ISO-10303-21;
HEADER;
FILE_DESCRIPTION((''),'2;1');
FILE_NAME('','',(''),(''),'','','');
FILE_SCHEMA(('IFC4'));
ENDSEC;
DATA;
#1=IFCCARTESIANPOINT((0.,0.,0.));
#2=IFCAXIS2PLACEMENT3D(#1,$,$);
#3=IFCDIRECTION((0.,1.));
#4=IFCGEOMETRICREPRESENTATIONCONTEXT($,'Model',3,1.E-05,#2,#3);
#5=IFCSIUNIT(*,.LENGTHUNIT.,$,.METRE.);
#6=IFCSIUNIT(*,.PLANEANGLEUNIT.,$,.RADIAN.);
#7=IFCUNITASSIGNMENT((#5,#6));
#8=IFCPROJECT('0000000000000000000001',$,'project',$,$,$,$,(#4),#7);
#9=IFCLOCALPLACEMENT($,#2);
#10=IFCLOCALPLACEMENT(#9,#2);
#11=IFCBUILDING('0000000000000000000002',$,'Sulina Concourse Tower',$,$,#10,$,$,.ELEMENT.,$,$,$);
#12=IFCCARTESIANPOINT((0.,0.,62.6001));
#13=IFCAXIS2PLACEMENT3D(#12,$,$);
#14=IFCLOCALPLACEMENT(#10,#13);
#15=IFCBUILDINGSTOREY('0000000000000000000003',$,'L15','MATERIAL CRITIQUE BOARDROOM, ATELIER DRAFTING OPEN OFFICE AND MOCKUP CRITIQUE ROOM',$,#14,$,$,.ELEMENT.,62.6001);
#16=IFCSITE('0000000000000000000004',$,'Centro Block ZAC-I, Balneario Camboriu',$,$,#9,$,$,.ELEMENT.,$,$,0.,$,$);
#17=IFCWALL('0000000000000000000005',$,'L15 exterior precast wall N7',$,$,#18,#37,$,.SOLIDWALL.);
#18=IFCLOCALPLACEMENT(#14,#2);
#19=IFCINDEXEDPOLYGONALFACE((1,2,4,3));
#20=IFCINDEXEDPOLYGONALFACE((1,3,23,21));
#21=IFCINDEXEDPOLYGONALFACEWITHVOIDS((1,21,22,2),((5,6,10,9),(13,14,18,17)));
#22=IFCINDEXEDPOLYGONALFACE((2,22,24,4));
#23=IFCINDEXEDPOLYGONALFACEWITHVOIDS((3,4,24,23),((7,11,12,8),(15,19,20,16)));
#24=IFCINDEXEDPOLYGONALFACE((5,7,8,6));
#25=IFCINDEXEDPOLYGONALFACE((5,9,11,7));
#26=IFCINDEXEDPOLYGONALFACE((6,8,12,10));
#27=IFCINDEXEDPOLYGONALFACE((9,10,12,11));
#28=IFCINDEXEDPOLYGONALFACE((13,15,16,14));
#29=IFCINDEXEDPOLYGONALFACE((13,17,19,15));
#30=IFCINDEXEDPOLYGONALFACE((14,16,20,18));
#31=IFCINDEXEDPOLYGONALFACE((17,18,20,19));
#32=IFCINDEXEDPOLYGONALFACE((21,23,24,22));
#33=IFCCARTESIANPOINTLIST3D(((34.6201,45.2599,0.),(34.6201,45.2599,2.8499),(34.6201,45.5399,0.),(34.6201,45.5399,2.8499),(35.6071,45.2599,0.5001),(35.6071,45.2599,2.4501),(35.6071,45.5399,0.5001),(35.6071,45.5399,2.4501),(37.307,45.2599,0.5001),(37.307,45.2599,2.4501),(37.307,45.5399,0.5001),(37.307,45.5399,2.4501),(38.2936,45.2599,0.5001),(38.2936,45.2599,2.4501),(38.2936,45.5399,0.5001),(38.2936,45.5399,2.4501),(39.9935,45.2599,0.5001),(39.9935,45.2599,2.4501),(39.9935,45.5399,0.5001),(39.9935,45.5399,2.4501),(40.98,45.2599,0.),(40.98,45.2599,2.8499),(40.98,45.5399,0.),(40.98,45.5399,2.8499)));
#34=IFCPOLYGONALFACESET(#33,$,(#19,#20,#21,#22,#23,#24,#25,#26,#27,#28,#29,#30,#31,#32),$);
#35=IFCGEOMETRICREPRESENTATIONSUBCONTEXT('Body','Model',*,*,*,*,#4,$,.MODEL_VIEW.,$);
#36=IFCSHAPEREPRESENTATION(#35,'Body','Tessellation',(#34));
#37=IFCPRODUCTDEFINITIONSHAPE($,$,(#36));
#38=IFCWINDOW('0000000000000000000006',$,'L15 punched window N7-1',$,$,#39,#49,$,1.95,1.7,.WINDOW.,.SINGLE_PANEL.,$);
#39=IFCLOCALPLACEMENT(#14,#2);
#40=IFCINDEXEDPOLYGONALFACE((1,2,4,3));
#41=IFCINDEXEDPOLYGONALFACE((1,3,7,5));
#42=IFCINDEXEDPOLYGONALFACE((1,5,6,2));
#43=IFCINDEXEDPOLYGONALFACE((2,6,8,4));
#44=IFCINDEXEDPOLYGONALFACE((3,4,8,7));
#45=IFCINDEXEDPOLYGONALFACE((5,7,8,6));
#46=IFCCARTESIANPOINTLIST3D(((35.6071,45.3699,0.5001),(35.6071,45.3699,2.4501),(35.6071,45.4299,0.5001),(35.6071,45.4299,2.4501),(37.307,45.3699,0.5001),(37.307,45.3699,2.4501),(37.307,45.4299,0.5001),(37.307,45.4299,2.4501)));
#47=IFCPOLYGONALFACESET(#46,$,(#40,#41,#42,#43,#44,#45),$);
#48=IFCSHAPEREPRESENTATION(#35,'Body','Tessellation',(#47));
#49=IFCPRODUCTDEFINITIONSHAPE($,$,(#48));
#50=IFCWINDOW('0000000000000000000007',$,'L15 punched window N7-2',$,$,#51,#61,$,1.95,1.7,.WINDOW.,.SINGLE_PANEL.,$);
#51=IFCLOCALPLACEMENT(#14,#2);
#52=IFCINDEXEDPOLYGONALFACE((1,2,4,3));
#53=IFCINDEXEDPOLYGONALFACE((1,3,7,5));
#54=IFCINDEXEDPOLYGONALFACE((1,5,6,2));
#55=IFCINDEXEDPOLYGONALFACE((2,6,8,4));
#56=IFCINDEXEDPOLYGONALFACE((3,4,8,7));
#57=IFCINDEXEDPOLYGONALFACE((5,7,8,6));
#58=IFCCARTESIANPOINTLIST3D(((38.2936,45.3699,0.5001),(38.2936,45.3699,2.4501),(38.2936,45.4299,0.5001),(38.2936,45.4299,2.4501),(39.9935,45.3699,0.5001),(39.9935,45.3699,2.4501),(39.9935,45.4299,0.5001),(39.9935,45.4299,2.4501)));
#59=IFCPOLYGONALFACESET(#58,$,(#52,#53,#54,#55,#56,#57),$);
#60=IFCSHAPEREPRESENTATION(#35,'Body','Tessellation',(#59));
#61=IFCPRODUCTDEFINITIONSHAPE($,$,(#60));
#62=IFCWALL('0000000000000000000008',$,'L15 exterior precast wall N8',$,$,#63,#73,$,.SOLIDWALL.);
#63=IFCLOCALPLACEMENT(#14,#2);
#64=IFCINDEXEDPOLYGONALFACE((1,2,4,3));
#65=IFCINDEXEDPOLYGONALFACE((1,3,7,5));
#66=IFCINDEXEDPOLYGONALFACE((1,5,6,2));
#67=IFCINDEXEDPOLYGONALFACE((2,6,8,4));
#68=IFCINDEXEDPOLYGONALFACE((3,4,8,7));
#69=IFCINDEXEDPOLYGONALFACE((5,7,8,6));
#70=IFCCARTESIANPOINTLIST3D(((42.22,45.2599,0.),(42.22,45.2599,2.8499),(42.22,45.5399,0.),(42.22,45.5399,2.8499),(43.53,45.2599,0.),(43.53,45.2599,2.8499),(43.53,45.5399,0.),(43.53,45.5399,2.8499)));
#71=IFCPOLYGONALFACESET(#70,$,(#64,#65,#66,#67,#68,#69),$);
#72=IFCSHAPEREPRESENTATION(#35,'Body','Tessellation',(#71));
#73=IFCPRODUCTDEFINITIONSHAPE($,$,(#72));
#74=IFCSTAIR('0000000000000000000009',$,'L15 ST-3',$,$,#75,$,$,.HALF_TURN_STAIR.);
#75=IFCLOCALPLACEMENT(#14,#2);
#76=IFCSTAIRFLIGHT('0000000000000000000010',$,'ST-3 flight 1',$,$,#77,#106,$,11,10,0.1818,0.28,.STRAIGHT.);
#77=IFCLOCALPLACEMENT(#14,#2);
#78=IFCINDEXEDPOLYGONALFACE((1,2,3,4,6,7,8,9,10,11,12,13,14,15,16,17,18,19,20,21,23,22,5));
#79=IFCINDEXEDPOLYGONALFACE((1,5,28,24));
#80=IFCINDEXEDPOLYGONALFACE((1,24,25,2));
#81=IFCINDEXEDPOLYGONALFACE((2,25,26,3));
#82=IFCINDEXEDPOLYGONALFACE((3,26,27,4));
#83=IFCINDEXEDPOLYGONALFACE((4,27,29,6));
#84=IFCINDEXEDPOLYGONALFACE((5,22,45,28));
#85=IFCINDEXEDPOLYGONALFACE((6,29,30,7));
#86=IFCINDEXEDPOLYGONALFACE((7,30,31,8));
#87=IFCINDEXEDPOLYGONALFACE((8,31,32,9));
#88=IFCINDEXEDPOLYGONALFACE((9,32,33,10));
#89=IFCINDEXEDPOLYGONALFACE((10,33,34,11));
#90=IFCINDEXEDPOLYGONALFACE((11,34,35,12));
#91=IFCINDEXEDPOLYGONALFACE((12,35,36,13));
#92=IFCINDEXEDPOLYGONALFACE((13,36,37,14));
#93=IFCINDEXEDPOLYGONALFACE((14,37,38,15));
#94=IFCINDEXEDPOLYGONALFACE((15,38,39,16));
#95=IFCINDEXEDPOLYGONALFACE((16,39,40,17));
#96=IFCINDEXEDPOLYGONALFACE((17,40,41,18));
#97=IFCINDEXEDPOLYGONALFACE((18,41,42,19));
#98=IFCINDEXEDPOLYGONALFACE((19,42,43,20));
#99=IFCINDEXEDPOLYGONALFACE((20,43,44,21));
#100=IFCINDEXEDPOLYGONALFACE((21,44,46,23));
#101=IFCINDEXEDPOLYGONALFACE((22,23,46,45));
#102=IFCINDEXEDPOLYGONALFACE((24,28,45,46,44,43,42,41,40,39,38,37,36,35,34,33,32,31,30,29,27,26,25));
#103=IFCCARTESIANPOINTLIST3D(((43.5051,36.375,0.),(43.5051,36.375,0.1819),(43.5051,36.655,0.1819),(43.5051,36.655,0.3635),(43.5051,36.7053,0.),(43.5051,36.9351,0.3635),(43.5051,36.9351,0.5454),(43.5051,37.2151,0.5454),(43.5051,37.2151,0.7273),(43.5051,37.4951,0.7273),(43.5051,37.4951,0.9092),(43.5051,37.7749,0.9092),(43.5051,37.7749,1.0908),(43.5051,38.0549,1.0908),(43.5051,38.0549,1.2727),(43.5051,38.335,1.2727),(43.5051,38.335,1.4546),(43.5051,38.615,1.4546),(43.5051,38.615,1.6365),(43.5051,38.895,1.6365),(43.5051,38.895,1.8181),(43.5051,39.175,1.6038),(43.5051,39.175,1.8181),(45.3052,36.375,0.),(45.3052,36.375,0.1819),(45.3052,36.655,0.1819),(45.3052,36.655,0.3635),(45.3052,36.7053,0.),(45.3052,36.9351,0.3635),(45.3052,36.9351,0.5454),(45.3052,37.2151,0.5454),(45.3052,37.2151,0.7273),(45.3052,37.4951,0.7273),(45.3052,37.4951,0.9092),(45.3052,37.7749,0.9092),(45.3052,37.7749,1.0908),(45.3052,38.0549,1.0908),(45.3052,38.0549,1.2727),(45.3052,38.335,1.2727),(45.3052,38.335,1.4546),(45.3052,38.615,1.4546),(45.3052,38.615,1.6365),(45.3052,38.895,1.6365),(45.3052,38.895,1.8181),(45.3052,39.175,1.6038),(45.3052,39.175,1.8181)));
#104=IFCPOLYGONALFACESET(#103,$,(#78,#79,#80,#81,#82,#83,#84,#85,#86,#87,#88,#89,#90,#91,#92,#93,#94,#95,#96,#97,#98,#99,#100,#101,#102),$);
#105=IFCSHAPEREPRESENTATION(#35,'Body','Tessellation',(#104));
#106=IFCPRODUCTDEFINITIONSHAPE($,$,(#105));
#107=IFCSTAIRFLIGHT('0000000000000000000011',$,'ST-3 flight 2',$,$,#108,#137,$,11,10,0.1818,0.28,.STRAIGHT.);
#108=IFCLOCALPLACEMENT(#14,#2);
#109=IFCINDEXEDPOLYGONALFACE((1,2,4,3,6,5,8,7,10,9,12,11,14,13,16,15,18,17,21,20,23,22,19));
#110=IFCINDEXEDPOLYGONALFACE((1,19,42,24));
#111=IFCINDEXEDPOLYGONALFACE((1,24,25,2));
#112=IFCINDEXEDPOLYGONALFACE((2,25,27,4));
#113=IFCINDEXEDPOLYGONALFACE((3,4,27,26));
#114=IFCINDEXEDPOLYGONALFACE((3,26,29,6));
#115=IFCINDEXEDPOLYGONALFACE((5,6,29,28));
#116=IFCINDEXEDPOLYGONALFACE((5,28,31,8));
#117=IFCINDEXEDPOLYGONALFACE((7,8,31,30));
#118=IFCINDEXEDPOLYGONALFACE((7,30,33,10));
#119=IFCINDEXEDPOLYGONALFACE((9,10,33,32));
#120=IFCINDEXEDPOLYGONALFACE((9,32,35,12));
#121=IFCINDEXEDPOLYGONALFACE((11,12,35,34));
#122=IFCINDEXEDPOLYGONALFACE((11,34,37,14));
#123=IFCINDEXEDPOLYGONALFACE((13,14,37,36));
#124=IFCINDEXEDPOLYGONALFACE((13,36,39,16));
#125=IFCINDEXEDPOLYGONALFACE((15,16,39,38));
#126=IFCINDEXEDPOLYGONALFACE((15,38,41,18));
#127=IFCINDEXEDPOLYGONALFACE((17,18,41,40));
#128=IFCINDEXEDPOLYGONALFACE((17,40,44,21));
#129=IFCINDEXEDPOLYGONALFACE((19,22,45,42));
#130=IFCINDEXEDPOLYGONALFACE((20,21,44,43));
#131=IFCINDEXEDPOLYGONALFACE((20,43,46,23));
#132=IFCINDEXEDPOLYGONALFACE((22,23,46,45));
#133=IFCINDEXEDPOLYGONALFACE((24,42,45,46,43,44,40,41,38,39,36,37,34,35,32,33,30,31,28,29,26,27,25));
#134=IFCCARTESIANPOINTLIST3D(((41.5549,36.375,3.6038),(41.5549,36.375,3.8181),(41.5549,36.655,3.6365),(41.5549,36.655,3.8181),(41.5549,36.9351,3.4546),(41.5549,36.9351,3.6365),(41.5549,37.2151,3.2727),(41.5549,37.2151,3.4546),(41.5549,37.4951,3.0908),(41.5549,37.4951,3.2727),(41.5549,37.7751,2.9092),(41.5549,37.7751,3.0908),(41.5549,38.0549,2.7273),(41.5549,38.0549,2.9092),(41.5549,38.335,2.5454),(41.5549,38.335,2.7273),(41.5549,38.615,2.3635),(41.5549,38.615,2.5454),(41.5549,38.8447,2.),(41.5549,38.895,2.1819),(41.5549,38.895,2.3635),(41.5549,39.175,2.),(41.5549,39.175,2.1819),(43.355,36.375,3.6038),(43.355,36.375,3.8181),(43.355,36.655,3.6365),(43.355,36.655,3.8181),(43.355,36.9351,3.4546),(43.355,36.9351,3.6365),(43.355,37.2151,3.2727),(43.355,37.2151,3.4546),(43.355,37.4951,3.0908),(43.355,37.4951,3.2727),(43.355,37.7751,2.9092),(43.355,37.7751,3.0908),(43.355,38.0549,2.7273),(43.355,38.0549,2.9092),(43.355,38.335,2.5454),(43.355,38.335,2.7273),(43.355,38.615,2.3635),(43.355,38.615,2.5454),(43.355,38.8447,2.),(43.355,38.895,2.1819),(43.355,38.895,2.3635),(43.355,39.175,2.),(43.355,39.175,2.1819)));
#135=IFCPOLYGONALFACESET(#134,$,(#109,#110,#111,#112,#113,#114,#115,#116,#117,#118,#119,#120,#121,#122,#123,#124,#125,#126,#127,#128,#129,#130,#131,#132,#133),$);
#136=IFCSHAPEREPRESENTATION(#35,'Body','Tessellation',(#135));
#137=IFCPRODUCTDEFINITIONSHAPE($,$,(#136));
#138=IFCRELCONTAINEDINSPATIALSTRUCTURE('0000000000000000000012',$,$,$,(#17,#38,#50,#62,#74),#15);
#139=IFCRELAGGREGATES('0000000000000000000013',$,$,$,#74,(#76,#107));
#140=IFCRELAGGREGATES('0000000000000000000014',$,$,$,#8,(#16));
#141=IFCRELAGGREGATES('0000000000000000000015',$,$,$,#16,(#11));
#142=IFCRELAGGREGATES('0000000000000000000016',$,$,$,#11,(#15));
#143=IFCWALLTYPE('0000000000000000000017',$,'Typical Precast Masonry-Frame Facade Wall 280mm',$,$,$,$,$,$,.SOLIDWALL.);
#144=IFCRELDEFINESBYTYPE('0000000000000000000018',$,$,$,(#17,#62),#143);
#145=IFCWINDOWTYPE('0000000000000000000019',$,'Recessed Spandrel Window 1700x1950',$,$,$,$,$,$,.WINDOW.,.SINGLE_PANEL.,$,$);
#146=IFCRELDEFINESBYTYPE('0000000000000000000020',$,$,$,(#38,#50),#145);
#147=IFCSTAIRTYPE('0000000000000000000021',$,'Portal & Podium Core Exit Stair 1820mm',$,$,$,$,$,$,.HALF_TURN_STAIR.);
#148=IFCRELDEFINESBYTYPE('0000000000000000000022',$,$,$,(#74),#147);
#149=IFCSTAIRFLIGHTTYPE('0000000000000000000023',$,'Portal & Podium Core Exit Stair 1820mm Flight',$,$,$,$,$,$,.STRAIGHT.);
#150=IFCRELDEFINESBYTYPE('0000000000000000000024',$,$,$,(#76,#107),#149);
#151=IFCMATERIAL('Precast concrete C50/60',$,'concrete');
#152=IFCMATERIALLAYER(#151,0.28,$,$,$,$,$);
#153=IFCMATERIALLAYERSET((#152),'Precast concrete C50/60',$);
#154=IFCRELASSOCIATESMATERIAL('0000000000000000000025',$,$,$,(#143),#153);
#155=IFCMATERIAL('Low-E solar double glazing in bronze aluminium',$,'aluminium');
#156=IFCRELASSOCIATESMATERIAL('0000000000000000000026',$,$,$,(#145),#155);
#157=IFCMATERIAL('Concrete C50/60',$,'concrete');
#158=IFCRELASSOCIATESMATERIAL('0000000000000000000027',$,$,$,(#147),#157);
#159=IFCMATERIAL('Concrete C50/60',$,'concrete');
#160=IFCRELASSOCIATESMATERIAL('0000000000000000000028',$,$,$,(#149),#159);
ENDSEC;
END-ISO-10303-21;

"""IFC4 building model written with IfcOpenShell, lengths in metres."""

from ifc_helpers import new_model, si_unit, direction, frame, frame_2d, origin, place, context, subcontext, project, spatial, polyline, rectangle, outline, extrude, material, layer, layer_set, type_object, element, fill, aggregate, save


model = new_model("IFC4")

# Units and contexts
model_context = context("Model", 3, precision=1e-05, world=origin(), true_north=direction((0.0, 1.0)))
body_context = subcontext(model_context, "Body", "Model", "MODEL_VIEW")
ifc_project = project(units=[si_unit("LENGTHUNIT", "METRE"), si_unit("PLANEANGLEUNIT", "RADIAN")], contexts=[model_context])

# Site, building, storey
site_placement = place(None, origin())
site = spatial("IfcSite", under=ifc_project, at=site_placement, Name="Centro Block ZAC-I, Balneario Camboriu", CompositionType="ELEMENT", RefElevation=0.0)
building_placement = place(site_placement, origin())
building = spatial("IfcBuilding", under=site, at=building_placement, Name="Sulina Concourse Tower", CompositionType="ELEMENT")
storey_placement = place(building_placement, frame((0.0, 0.0, 62.6001)))
storey = spatial("IfcBuildingStorey", under=building, at=storey_placement, Name="L15", Description="MATERIAL CRITIQUE BOARDROOM, ATELIER DRAFTING OPEN OFFICE AND MOCKUP CRITIQUE ROOM", CompositionType="ELEMENT", Elevation=62.6001)

# Shared definitions
ifc_material_1 = material(Name="Precast concrete C50/60", Category="concrete")
ifc_layer_1 = layer(ifc_material_1, 0.28)
ifc_layer_set_1 = layer_set([ifc_layer_1], Name="Precast concrete C50/60")
wall_type_1 = type_object("IfcWallType", Name="Typical Precast Masonry-Frame Facade Wall 280mm", PredefinedType="SOLIDWALL", material=ifc_layer_set_1)

# Wall, openings, windows
wall_1_placement = place(storey_placement, frame((34.6201, 45.3999, 0.0), z_axis=(0.0, 0.0, 1.0), x_axis=(1.0, 0.0, 0.0)))
wall_1 = element("IfcWall", 1, at=wall_1_placement, inside=storey, type_object=wall_type_1, Name="L15 exterior precast wall N7", PredefinedType="SOLIDWALL", context=body_context, shape_type="SweptSolid", body=[
    extrude(rectangle(XDim=6.3599, YDim=0.28, at=frame_2d((3.1799, 0.0))), origin(), (0.0, 0.0, 1.0), 2.8499),
])
opening_1_placement = place(wall_1_placement, frame((0.9868, 0.0, 0.5)))
opening_1 = element("IfcOpeningElement", 2, at=opening_1_placement, cuts=wall_1, PredefinedType="OPENING", context=body_context, shape_type="SweptSolid", body=[
    extrude(rectangle(XDim=1.7, YDim=1.95, at=frame_2d((0.8501, 0.9751))), frame((0.0, 0.1499, 0.0), z_axis=(0.0, -1.0, 0.0), x_axis=(1.0, 0.0, 0.0)), (0.0, 0.0, 1.0), 0.3),
])
opening_2_placement = place(wall_1_placement, frame((3.6733, 0.0, 0.5)))
opening_2 = element("IfcOpeningElement", 3, at=opening_2_placement, cuts=wall_1, PredefinedType="OPENING", context=body_context, shape_type="SweptSolid", body=[
    extrude(rectangle(XDim=1.7, YDim=1.95, at=frame_2d((0.8501, 0.9751))), frame((0.0, 0.1499, 0.0), z_axis=(0.0, -1.0, 0.0), x_axis=(1.0, 0.0, 0.0)), (0.0, 0.0, 1.0), 0.3),
])
ifc_material_2 = material(Name="Low-E solar double glazing in bronze aluminium", Category="aluminium")
window_type = type_object("IfcWindowType", Name="Recessed Spandrel Window 1700x1950", PartitioningType="SINGLE_PANEL", PredefinedType="WINDOW", material=ifc_material_2)
window_1_placement = place(opening_1_placement, origin())
window_1 = element("IfcWindow", 4, at=window_1_placement, inside=storey, type_object=window_type, Name="L15 punched window N7-1", OverallHeight=1.95, OverallWidth=1.7, PartitioningType="SINGLE_PANEL", PredefinedType="WINDOW", context=body_context, shape_type="SweptSolid", body=[
    extrude(rectangle(XDim=1.7, YDim=1.95, at=frame_2d((0.8501, 0.9751))), frame((0.0, 0.03, 0.0), z_axis=(0.0, -1.0, 0.0), x_axis=(1.0, 0.0, 0.0)), (0.0, 0.0, 1.0), 0.0601),
])
fill(opening_1, window_1)
window_2_placement = place(opening_2_placement, origin())
window_2 = element("IfcWindow", 5, at=window_2_placement, inside=storey, type_object=window_type, Name="L15 punched window N7-2", OverallHeight=1.95, OverallWidth=1.7, PartitioningType="SINGLE_PANEL", PredefinedType="WINDOW", context=body_context, shape_type="SweptSolid", body=[
    extrude(rectangle(XDim=1.7, YDim=1.95, at=frame_2d((0.8501, 0.9751))), frame((0.0, 0.03, 0.0), z_axis=(0.0, -1.0, 0.0), x_axis=(1.0, 0.0, 0.0)), (0.0, 0.0, 1.0), 0.0601),
])
fill(opening_2, window_2)

# Wall
wall_2_placement = place(storey_placement, frame((42.22, 45.3999, 0.0), z_axis=(0.0, 0.0, 1.0), x_axis=(1.0, 0.0, 0.0)))
element("IfcWall", 6, at=wall_2_placement, inside=storey, type_object=wall_type_1, Name="L15 exterior precast wall N8", PredefinedType="SOLIDWALL", context=body_context, shape_type="SweptSolid", body=[
    extrude(rectangle(XDim=1.3101, YDim=0.28, at=frame_2d((0.655, 0.0))), origin(), (0.0, 0.0, 1.0), 2.8499),
])

# Stair, stair flights
ifc_material_3 = material(Name="Concrete C50/60", Category="concrete")
stair_type = type_object("IfcStairType", Name="Portal & Podium Core Exit Stair 1820mm", PredefinedType="HALF_TURN_STAIR", material=ifc_material_3)
stair_placement = place(storey_placement, origin())
stair = element("IfcStair", 7, at=stair_placement, inside=storey, type_object=stair_type, Name="L15 ST-3", PredefinedType="HALF_TURN_STAIR")
ifc_material_4 = material(Name="Concrete C50/60", Category="concrete")
stair_flight_type = type_object("IfcStairFlightType", Name="Portal & Podium Core Exit Stair 1820mm Flight", PredefinedType="STRAIGHT", material=ifc_material_4)
stair_flight_1_placement = place(storey_placement, frame((44.405, 36.375, 0.0), z_axis=(0.0, 0.0, 1.0), x_axis=(0.0, 1.0, 0.0)))
stair_flight_1 = element("IfcStairFlight", 8, at=stair_flight_1_placement, type_object=stair_flight_type, Name="ST-3 flight 1", NumberOfRisers=11, NumberOfTreads=10, PredefinedType="STRAIGHT", RiserHeight=0.1818, TreadLength=0.28, context=body_context, shape_type="SweptSolid", body=[
    extrude(outline(polyline([(0.0, 0.0), (0.0, 0.1819), (0.28, 0.1819), (0.28, 0.3635), (0.5601, 0.3635), (0.5601, 0.5454), (0.8401, 0.5454), (0.8401, 0.7273), (1.1201, 0.7273), (1.1201, 0.9092), (1.3999, 0.9092), (1.3999, 1.0908), (1.6799, 1.0908), (1.6799, 1.2727), (1.96, 1.2727), (1.96, 1.4546), (2.24, 1.4546), (2.24, 1.6365), (2.52, 1.6365), (2.52, 1.8181), (2.8, 1.8181), (2.8, 2.0), (2.8, 1.6038), (0.3303, 0.0), (0.0, 0.0)])), frame((0.0, 0.8999, 0.0), z_axis=(0.0, -1.0, 0.0), x_axis=(1.0, 0.0, 0.0)), (0.0, 0.0, 1.0), 1.8),
])
stair_flight_2_placement = place(storey_placement, frame((42.4551, 39.175, 2.0), z_axis=(0.0, 0.0, 1.0), x_axis=(0.0, -1.0, 0.0)))
stair_flight_2 = element("IfcStairFlight", 9, at=stair_flight_2_placement, type_object=stair_flight_type, Name="ST-3 flight 2", NumberOfRisers=11, NumberOfTreads=10, PredefinedType="STRAIGHT", RiserHeight=0.1818, TreadLength=0.28, context=body_context, shape_type="SweptSolid", body=[
    extrude(outline(polyline([(0.0, 0.0), (0.0, 0.1819), (0.28, 0.1819), (0.28, 0.3635), (0.5601, 0.3635), (0.5601, 0.5454), (0.8401, 0.5454), (0.8401, 0.7273), (1.1201, 0.7273), (1.1201, 0.9092), (1.3999, 0.9092), (1.3999, 1.0908), (1.6799, 1.0908), (1.6799, 1.2727), (1.96, 1.2727), (1.96, 1.4546), (2.24, 1.4546), (2.24, 1.6365), (2.52, 1.6365), (2.52, 1.8181), (2.8, 1.8181), (2.8, 2.0), (2.8, 1.6038), (0.3303, 0.0), (0.0, 0.0)])), frame((0.0, 0.8999, 0.0), z_axis=(0.0, -1.0, 0.0), x_axis=(1.0, 0.0, 0.0)), (0.0, 0.0, 1.0), 1.8),
])
aggregate(stair, [stair_flight_1, stair_flight_2])

save(model, "model.ifc")
